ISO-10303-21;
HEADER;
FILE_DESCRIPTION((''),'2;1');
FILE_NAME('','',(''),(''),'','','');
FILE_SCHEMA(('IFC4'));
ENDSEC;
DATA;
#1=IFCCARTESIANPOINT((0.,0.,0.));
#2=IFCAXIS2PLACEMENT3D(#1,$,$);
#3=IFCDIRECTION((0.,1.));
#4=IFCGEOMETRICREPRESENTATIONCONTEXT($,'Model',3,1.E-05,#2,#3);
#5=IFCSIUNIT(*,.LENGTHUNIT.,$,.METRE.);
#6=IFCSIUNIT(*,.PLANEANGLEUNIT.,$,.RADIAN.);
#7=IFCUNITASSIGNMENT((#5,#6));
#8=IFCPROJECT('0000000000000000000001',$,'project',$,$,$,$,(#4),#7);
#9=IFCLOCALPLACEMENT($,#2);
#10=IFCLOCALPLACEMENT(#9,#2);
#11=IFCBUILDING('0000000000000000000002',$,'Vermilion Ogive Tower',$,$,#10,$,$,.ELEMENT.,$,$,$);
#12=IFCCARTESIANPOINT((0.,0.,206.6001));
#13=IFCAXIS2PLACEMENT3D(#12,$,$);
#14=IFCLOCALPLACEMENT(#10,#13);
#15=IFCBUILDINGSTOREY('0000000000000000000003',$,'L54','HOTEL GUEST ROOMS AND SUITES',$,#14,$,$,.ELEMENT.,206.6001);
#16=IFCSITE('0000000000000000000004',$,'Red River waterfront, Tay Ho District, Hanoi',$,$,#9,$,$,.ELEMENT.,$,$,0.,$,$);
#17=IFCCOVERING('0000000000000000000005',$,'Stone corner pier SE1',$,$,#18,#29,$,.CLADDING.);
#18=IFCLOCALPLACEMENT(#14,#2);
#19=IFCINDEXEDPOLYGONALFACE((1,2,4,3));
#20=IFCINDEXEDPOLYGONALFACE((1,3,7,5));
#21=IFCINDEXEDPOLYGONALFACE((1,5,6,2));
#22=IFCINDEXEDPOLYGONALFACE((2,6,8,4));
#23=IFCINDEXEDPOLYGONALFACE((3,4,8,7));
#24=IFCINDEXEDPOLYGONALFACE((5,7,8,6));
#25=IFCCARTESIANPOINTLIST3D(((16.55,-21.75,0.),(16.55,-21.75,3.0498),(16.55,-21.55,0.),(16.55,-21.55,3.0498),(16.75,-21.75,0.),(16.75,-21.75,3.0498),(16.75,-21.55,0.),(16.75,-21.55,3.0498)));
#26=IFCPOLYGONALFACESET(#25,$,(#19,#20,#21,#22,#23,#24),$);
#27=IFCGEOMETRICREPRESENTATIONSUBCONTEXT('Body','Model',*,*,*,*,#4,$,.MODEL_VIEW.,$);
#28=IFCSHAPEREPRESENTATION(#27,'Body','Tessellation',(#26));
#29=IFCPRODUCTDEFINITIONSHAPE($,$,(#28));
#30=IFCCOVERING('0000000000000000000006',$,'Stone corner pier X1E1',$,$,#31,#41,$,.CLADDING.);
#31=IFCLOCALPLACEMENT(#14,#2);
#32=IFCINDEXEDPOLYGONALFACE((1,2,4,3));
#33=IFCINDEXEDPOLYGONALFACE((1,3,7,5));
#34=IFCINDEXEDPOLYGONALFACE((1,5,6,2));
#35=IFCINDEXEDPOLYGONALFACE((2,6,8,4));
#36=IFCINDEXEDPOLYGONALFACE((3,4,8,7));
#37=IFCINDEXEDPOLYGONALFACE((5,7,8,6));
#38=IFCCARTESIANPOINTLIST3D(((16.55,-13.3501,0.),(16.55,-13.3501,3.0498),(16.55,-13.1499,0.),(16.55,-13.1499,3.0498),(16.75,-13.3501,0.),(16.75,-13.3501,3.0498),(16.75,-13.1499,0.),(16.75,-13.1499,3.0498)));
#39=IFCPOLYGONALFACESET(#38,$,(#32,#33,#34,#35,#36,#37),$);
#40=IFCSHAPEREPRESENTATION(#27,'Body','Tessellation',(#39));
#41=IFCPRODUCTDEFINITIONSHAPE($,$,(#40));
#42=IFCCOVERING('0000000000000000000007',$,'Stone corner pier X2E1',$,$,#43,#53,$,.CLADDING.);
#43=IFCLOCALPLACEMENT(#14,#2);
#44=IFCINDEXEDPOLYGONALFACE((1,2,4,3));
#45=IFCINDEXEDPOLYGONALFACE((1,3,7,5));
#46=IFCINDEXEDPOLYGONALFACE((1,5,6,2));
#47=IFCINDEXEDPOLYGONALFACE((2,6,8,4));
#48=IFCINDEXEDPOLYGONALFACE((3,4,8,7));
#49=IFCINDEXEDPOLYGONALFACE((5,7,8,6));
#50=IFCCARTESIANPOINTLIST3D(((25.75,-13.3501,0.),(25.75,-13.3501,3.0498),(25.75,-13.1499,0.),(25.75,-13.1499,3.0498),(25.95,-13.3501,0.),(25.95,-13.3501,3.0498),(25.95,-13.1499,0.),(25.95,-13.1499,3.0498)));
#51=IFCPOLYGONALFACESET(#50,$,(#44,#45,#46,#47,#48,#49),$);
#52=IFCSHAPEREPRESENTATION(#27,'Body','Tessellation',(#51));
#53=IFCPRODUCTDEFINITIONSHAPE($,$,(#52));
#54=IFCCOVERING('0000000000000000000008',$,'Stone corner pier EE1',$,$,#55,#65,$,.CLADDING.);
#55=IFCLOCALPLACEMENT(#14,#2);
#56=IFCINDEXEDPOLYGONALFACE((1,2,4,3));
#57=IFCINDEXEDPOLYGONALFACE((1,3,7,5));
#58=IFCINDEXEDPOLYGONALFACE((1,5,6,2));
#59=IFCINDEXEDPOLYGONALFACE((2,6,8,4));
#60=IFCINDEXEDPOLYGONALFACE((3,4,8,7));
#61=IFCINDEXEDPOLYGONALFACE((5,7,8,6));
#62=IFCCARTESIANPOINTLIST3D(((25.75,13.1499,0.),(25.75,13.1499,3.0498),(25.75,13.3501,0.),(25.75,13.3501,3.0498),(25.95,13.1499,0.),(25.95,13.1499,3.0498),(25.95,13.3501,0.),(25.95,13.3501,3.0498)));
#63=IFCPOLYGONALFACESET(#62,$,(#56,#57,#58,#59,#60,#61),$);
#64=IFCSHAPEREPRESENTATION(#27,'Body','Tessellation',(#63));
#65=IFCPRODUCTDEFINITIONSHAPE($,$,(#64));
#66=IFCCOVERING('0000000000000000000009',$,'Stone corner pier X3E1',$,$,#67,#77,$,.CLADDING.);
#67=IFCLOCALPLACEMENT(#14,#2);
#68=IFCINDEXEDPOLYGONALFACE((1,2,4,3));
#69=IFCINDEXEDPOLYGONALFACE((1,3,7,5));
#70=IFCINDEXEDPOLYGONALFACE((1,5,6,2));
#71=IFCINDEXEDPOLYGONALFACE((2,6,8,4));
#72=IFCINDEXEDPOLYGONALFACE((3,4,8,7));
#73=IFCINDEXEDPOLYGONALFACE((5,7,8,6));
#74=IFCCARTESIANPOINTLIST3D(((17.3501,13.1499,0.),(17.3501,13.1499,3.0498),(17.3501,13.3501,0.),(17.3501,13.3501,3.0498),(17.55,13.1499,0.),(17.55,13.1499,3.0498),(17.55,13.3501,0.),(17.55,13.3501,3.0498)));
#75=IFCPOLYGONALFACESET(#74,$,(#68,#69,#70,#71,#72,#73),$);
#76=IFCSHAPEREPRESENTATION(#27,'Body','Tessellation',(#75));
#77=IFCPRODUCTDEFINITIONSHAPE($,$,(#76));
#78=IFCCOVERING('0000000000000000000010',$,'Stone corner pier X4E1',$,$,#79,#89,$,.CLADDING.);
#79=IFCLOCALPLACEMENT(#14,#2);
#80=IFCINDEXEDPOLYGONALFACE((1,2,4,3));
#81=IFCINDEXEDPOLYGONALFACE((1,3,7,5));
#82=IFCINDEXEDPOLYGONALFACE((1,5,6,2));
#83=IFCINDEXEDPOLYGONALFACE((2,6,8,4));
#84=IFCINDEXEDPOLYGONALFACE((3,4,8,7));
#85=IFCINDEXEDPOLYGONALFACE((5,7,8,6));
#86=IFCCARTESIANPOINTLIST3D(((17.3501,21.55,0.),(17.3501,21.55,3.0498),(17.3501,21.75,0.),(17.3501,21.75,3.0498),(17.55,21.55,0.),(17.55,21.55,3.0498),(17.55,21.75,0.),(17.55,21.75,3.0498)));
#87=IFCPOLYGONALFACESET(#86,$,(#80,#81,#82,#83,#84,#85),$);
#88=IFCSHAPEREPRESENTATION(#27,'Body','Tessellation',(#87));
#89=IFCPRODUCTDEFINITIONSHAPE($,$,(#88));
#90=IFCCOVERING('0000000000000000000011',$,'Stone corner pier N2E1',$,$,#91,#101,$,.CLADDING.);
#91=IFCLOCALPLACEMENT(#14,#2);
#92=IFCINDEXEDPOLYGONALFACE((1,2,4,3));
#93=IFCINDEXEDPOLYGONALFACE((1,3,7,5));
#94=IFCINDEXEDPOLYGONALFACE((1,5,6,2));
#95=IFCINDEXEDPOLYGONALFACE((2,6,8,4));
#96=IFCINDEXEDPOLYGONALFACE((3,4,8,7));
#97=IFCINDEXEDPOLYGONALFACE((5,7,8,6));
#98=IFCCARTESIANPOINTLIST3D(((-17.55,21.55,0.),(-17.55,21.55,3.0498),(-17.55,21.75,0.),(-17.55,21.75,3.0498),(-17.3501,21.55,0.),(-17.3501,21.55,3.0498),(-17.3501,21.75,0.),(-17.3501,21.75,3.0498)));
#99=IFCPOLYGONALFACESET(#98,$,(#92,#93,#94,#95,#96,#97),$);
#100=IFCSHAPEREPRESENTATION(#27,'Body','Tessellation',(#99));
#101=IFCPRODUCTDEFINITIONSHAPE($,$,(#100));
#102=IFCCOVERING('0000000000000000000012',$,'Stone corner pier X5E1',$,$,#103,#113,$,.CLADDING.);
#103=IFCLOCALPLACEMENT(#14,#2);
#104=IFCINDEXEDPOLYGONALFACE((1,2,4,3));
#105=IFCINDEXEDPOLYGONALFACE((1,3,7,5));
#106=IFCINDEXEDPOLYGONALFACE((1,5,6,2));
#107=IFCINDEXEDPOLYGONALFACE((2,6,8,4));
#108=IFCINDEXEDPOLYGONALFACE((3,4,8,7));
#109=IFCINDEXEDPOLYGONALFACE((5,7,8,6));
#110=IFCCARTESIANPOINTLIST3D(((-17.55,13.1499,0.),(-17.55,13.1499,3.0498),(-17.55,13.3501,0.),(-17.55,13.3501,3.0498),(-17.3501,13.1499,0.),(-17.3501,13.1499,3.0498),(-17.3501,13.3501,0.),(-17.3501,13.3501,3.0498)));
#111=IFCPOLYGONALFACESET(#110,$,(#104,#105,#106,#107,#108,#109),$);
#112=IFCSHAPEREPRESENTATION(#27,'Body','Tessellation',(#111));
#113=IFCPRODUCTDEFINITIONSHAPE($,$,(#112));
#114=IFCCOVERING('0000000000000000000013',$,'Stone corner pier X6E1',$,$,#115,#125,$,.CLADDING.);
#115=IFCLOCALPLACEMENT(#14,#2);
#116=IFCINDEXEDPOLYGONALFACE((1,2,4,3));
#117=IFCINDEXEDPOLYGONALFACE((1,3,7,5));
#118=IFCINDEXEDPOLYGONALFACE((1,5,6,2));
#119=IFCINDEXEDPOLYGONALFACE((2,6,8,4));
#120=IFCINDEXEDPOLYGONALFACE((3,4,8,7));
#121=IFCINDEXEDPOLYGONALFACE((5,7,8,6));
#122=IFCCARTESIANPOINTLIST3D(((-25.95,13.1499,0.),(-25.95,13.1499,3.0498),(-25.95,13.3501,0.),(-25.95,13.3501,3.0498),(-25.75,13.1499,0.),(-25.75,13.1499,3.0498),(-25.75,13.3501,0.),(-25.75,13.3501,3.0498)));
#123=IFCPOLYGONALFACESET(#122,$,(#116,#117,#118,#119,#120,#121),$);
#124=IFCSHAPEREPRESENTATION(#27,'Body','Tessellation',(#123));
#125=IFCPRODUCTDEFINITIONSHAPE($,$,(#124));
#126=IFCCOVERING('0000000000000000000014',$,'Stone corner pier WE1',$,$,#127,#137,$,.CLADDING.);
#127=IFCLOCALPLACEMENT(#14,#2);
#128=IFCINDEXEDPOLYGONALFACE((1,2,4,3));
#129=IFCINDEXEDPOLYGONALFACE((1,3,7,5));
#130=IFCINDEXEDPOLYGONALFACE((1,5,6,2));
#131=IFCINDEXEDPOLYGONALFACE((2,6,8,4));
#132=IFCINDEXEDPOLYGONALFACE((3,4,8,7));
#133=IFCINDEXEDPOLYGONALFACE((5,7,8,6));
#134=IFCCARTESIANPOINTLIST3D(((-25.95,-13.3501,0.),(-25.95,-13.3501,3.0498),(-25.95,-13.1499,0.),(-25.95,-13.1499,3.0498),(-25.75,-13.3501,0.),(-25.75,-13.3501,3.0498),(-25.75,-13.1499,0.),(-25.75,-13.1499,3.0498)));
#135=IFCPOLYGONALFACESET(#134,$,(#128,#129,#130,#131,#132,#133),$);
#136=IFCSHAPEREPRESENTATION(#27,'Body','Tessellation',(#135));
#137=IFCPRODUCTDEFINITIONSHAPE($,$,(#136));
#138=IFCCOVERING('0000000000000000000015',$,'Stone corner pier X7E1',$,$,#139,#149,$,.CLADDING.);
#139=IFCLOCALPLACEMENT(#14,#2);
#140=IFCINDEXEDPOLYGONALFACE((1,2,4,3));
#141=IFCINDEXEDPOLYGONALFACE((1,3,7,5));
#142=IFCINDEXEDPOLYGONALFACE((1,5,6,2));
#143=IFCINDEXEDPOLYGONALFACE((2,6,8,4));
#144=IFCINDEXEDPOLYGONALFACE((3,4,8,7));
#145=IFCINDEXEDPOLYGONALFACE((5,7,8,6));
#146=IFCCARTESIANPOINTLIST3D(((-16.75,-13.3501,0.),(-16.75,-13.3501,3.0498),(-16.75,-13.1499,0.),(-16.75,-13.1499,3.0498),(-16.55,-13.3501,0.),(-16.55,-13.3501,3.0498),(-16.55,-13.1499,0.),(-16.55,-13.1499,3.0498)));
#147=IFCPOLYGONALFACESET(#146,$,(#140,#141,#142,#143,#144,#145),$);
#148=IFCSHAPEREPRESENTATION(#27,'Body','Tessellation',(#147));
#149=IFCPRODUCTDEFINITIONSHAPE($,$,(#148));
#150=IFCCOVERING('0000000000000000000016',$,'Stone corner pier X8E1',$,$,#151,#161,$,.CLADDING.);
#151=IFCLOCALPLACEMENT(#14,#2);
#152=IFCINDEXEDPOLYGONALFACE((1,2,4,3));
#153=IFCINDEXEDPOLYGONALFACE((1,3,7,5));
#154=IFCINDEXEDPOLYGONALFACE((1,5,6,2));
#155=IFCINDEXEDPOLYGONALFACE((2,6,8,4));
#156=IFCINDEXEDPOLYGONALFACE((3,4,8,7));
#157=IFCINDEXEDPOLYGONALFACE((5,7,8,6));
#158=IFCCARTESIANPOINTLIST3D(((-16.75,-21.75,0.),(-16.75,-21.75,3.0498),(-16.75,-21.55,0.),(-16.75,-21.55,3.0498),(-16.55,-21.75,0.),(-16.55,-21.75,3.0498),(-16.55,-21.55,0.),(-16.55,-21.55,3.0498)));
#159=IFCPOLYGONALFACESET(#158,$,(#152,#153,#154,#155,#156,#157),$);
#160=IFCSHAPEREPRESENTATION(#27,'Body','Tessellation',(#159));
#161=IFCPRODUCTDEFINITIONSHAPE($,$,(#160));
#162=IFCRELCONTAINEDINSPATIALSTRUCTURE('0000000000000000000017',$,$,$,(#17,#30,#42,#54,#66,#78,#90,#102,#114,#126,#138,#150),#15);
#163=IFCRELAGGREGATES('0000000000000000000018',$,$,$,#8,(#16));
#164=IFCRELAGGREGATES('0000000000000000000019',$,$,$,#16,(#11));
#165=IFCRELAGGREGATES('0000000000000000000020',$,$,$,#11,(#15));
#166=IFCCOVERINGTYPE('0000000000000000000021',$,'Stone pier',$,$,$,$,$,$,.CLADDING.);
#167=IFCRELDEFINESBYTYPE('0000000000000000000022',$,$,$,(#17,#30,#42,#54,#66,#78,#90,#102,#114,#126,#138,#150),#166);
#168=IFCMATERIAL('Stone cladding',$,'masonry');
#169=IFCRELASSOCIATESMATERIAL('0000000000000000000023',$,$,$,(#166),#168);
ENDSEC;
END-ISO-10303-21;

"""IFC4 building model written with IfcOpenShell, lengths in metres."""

from ifc_helpers import new_model, si_unit, direction, frame, origin, place, context, subcontext, project, spatial, polyline, outline, extrude, material, type_object, element, save


model = new_model("IFC4")

# Units and contexts
model_context = context("Model", 3, precision=1e-05, world=origin(), true_north=direction((0.0, 1.0)))
body_context = subcontext(model_context, "Body", "Model", "MODEL_VIEW")
ifc_project = project(units=[si_unit("LENGTHUNIT", "METRE"), si_unit("PLANEANGLEUNIT", "RADIAN")], contexts=[model_context])

# Site, building, storey
site_placement = place(None, origin())
site = spatial("IfcSite", under=ifc_project, at=site_placement, Name="Red River waterfront, Tay Ho District, Hanoi", CompositionType="ELEMENT", RefElevation=0.0)
building_placement = place(site_placement, origin())
building = spatial("IfcBuilding", under=site, at=building_placement, Name="Vermilion Ogive Tower", CompositionType="ELEMENT")
storey_placement = place(building_placement, frame((0.0, 0.0, 206.6001)))
storey = spatial("IfcBuildingStorey", under=building, at=storey_placement, Name="L54", Description="HOTEL GUEST ROOMS AND SUITES", CompositionType="ELEMENT", Elevation=206.6001)

# Coverings
ifc_material_1 = material(Name="Stone cladding", Category="masonry")
covering_type_1 = type_object("IfcCoveringType", Name="Stone pier", PredefinedType="CLADDING", material=ifc_material_1)
covering_1_placement = place(storey_placement, origin())
element("IfcCovering", 1, at=covering_1_placement, inside=storey, type_object=covering_type_1, Name="Stone corner pier SE1", PredefinedType="CLADDING", context=body_context, shape_type="SweptSolid", body=[
    extrude(outline(polyline([(16.55, -21.55), (16.75, -21.55), (16.75, -21.75), (16.55, -21.75), (16.55, -21.55)])), origin(), (0.0, 0.0, 1.0), 3.0498),
])
covering_2_placement = place(storey_placement, origin())
element("IfcCovering", 2, at=covering_2_placement, inside=storey, type_object=covering_type_1, Name="Stone corner pier X1E1", PredefinedType="CLADDING", context=body_context, shape_type="SweptSolid", body=[
    extrude(outline(polyline([(16.55, -13.1499), (16.75, -13.1499), (16.75, -13.3501), (16.55, -13.3501), (16.55, -13.1499)])), origin(), (0.0, 0.0, 1.0), 3.0498),
])
covering_3_placement = place(storey_placement, origin())
element("IfcCovering", 3, at=covering_3_placement, inside=storey, type_object=covering_type_1, Name="Stone corner pier X2E1", PredefinedType="CLADDING", context=body_context, shape_type="SweptSolid", body=[
    extrude(outline(polyline([(25.75, -13.1499), (25.95, -13.1499), (25.95, -13.3501), (25.75, -13.3501), (25.75, -13.1499)])), origin(), (0.0, 0.0, 1.0), 3.0498),
])
covering_4_placement = place(storey_placement, origin())
element("IfcCovering", 4, at=covering_4_placement, inside=storey, type_object=covering_type_1, Name="Stone corner pier EE1", PredefinedType="CLADDING", context=body_context, shape_type="SweptSolid", body=[
    extrude(outline(polyline([(25.75, 13.1499), (25.75, 13.3501), (25.95, 13.3501), (25.95, 13.1499), (25.75, 13.1499)])), origin(), (0.0, 0.0, 1.0), 3.0498),
])
covering_5_placement = place(storey_placement, origin())
element("IfcCovering", 5, at=covering_5_placement, inside=storey, type_object=covering_type_1, Name="Stone corner pier X3E1", PredefinedType="CLADDING", context=body_context, shape_type="SweptSolid", body=[
    extrude(outline(polyline([(17.3501, 13.1499), (17.3501, 13.3501), (17.55, 13.3501), (17.55, 13.1499), (17.3501, 13.1499)])), origin(), (0.0, 0.0, 1.0), 3.0498),
])
covering_6_placement = place(storey_placement, origin())
element("IfcCovering", 6, at=covering_6_placement, inside=storey, type_object=covering_type_1, Name="Stone corner pier X4E1", PredefinedType="CLADDING", context=body_context, shape_type="SweptSolid", body=[
    extrude(outline(polyline([(17.3501, 21.55), (17.3501, 21.75), (17.55, 21.75), (17.55, 21.55), (17.3501, 21.55)])), origin(), (0.0, 0.0, 1.0), 3.0498),
])
covering_7_placement = place(storey_placement, origin())
element("IfcCovering", 7, at=covering_7_placement, inside=storey, type_object=covering_type_1, Name="Stone corner pier N2E1", PredefinedType="CLADDING", context=body_context, shape_type="SweptSolid", body=[
    extrude(outline(polyline([(-17.3501, 21.55), (-17.55, 21.55), (-17.55, 21.75), (-17.3501, 21.75), (-17.3501, 21.55)])), origin(), (0.0, 0.0, 1.0), 3.0498),
])
covering_8_placement = place(storey_placement, origin())
element("IfcCovering", 8, at=covering_8_placement, inside=storey, type_object=covering_type_1, Name="Stone corner pier X5E1", PredefinedType="CLADDING", context=body_context, shape_type="SweptSolid", body=[
    extrude(outline(polyline([(-17.3501, 13.1499), (-17.55, 13.1499), (-17.55, 13.3501), (-17.3501, 13.3501), (-17.3501, 13.1499)])), origin(), (0.0, 0.0, 1.0), 3.0498),
])
covering_9_placement = place(storey_placement, origin())
element("IfcCovering", 9, at=covering_9_placement, inside=storey, type_object=covering_type_1, Name="Stone corner pier X6E1", PredefinedType="CLADDING", context=body_context, shape_type="SweptSolid", body=[
    extrude(outline(polyline([(-25.75, 13.1499), (-25.95, 13.1499), (-25.95, 13.3501), (-25.75, 13.3501), (-25.75, 13.1499)])), origin(), (0.0, 0.0, 1.0), 3.0498),
])
covering_10_placement = place(storey_placement, origin())
element("IfcCovering", 10, at=covering_10_placement, inside=storey, type_object=covering_type_1, Name="Stone corner pier WE1", PredefinedType="CLADDING", context=body_context, shape_type="SweptSolid", body=[
    extrude(outline(polyline([(-25.75, -13.1499), (-25.75, -13.3501), (-25.95, -13.3501), (-25.95, -13.1499), (-25.75, -13.1499)])), origin(), (0.0, 0.0, 1.0), 3.0498),
])
covering_11_placement = place(storey_placement, origin())
element("IfcCovering", 11, at=covering_11_placement, inside=storey, type_object=covering_type_1, Name="Stone corner pier X7E1", PredefinedType="CLADDING", context=body_context, shape_type="SweptSolid", body=[
    extrude(outline(polyline([(-16.55, -13.1499), (-16.55, -13.3501), (-16.75, -13.3501), (-16.75, -13.1499), (-16.55, -13.1499)])), origin(), (0.0, 0.0, 1.0), 3.0498),
])
covering_12_placement = place(storey_placement, origin())
element("IfcCovering", 12, at=covering_12_placement, inside=storey, type_object=covering_type_1, Name="Stone corner pier X8E1", PredefinedType="CLADDING", context=body_context, shape_type="SweptSolid", body=[
    extrude(outline(polyline([(-16.55, -21.55), (-16.55, -21.75), (-16.75, -21.75), (-16.75, -21.55), (-16.55, -21.55)])), origin(), (0.0, 0.0, 1.0), 3.0498),
])

save(model, "model.ifc")
